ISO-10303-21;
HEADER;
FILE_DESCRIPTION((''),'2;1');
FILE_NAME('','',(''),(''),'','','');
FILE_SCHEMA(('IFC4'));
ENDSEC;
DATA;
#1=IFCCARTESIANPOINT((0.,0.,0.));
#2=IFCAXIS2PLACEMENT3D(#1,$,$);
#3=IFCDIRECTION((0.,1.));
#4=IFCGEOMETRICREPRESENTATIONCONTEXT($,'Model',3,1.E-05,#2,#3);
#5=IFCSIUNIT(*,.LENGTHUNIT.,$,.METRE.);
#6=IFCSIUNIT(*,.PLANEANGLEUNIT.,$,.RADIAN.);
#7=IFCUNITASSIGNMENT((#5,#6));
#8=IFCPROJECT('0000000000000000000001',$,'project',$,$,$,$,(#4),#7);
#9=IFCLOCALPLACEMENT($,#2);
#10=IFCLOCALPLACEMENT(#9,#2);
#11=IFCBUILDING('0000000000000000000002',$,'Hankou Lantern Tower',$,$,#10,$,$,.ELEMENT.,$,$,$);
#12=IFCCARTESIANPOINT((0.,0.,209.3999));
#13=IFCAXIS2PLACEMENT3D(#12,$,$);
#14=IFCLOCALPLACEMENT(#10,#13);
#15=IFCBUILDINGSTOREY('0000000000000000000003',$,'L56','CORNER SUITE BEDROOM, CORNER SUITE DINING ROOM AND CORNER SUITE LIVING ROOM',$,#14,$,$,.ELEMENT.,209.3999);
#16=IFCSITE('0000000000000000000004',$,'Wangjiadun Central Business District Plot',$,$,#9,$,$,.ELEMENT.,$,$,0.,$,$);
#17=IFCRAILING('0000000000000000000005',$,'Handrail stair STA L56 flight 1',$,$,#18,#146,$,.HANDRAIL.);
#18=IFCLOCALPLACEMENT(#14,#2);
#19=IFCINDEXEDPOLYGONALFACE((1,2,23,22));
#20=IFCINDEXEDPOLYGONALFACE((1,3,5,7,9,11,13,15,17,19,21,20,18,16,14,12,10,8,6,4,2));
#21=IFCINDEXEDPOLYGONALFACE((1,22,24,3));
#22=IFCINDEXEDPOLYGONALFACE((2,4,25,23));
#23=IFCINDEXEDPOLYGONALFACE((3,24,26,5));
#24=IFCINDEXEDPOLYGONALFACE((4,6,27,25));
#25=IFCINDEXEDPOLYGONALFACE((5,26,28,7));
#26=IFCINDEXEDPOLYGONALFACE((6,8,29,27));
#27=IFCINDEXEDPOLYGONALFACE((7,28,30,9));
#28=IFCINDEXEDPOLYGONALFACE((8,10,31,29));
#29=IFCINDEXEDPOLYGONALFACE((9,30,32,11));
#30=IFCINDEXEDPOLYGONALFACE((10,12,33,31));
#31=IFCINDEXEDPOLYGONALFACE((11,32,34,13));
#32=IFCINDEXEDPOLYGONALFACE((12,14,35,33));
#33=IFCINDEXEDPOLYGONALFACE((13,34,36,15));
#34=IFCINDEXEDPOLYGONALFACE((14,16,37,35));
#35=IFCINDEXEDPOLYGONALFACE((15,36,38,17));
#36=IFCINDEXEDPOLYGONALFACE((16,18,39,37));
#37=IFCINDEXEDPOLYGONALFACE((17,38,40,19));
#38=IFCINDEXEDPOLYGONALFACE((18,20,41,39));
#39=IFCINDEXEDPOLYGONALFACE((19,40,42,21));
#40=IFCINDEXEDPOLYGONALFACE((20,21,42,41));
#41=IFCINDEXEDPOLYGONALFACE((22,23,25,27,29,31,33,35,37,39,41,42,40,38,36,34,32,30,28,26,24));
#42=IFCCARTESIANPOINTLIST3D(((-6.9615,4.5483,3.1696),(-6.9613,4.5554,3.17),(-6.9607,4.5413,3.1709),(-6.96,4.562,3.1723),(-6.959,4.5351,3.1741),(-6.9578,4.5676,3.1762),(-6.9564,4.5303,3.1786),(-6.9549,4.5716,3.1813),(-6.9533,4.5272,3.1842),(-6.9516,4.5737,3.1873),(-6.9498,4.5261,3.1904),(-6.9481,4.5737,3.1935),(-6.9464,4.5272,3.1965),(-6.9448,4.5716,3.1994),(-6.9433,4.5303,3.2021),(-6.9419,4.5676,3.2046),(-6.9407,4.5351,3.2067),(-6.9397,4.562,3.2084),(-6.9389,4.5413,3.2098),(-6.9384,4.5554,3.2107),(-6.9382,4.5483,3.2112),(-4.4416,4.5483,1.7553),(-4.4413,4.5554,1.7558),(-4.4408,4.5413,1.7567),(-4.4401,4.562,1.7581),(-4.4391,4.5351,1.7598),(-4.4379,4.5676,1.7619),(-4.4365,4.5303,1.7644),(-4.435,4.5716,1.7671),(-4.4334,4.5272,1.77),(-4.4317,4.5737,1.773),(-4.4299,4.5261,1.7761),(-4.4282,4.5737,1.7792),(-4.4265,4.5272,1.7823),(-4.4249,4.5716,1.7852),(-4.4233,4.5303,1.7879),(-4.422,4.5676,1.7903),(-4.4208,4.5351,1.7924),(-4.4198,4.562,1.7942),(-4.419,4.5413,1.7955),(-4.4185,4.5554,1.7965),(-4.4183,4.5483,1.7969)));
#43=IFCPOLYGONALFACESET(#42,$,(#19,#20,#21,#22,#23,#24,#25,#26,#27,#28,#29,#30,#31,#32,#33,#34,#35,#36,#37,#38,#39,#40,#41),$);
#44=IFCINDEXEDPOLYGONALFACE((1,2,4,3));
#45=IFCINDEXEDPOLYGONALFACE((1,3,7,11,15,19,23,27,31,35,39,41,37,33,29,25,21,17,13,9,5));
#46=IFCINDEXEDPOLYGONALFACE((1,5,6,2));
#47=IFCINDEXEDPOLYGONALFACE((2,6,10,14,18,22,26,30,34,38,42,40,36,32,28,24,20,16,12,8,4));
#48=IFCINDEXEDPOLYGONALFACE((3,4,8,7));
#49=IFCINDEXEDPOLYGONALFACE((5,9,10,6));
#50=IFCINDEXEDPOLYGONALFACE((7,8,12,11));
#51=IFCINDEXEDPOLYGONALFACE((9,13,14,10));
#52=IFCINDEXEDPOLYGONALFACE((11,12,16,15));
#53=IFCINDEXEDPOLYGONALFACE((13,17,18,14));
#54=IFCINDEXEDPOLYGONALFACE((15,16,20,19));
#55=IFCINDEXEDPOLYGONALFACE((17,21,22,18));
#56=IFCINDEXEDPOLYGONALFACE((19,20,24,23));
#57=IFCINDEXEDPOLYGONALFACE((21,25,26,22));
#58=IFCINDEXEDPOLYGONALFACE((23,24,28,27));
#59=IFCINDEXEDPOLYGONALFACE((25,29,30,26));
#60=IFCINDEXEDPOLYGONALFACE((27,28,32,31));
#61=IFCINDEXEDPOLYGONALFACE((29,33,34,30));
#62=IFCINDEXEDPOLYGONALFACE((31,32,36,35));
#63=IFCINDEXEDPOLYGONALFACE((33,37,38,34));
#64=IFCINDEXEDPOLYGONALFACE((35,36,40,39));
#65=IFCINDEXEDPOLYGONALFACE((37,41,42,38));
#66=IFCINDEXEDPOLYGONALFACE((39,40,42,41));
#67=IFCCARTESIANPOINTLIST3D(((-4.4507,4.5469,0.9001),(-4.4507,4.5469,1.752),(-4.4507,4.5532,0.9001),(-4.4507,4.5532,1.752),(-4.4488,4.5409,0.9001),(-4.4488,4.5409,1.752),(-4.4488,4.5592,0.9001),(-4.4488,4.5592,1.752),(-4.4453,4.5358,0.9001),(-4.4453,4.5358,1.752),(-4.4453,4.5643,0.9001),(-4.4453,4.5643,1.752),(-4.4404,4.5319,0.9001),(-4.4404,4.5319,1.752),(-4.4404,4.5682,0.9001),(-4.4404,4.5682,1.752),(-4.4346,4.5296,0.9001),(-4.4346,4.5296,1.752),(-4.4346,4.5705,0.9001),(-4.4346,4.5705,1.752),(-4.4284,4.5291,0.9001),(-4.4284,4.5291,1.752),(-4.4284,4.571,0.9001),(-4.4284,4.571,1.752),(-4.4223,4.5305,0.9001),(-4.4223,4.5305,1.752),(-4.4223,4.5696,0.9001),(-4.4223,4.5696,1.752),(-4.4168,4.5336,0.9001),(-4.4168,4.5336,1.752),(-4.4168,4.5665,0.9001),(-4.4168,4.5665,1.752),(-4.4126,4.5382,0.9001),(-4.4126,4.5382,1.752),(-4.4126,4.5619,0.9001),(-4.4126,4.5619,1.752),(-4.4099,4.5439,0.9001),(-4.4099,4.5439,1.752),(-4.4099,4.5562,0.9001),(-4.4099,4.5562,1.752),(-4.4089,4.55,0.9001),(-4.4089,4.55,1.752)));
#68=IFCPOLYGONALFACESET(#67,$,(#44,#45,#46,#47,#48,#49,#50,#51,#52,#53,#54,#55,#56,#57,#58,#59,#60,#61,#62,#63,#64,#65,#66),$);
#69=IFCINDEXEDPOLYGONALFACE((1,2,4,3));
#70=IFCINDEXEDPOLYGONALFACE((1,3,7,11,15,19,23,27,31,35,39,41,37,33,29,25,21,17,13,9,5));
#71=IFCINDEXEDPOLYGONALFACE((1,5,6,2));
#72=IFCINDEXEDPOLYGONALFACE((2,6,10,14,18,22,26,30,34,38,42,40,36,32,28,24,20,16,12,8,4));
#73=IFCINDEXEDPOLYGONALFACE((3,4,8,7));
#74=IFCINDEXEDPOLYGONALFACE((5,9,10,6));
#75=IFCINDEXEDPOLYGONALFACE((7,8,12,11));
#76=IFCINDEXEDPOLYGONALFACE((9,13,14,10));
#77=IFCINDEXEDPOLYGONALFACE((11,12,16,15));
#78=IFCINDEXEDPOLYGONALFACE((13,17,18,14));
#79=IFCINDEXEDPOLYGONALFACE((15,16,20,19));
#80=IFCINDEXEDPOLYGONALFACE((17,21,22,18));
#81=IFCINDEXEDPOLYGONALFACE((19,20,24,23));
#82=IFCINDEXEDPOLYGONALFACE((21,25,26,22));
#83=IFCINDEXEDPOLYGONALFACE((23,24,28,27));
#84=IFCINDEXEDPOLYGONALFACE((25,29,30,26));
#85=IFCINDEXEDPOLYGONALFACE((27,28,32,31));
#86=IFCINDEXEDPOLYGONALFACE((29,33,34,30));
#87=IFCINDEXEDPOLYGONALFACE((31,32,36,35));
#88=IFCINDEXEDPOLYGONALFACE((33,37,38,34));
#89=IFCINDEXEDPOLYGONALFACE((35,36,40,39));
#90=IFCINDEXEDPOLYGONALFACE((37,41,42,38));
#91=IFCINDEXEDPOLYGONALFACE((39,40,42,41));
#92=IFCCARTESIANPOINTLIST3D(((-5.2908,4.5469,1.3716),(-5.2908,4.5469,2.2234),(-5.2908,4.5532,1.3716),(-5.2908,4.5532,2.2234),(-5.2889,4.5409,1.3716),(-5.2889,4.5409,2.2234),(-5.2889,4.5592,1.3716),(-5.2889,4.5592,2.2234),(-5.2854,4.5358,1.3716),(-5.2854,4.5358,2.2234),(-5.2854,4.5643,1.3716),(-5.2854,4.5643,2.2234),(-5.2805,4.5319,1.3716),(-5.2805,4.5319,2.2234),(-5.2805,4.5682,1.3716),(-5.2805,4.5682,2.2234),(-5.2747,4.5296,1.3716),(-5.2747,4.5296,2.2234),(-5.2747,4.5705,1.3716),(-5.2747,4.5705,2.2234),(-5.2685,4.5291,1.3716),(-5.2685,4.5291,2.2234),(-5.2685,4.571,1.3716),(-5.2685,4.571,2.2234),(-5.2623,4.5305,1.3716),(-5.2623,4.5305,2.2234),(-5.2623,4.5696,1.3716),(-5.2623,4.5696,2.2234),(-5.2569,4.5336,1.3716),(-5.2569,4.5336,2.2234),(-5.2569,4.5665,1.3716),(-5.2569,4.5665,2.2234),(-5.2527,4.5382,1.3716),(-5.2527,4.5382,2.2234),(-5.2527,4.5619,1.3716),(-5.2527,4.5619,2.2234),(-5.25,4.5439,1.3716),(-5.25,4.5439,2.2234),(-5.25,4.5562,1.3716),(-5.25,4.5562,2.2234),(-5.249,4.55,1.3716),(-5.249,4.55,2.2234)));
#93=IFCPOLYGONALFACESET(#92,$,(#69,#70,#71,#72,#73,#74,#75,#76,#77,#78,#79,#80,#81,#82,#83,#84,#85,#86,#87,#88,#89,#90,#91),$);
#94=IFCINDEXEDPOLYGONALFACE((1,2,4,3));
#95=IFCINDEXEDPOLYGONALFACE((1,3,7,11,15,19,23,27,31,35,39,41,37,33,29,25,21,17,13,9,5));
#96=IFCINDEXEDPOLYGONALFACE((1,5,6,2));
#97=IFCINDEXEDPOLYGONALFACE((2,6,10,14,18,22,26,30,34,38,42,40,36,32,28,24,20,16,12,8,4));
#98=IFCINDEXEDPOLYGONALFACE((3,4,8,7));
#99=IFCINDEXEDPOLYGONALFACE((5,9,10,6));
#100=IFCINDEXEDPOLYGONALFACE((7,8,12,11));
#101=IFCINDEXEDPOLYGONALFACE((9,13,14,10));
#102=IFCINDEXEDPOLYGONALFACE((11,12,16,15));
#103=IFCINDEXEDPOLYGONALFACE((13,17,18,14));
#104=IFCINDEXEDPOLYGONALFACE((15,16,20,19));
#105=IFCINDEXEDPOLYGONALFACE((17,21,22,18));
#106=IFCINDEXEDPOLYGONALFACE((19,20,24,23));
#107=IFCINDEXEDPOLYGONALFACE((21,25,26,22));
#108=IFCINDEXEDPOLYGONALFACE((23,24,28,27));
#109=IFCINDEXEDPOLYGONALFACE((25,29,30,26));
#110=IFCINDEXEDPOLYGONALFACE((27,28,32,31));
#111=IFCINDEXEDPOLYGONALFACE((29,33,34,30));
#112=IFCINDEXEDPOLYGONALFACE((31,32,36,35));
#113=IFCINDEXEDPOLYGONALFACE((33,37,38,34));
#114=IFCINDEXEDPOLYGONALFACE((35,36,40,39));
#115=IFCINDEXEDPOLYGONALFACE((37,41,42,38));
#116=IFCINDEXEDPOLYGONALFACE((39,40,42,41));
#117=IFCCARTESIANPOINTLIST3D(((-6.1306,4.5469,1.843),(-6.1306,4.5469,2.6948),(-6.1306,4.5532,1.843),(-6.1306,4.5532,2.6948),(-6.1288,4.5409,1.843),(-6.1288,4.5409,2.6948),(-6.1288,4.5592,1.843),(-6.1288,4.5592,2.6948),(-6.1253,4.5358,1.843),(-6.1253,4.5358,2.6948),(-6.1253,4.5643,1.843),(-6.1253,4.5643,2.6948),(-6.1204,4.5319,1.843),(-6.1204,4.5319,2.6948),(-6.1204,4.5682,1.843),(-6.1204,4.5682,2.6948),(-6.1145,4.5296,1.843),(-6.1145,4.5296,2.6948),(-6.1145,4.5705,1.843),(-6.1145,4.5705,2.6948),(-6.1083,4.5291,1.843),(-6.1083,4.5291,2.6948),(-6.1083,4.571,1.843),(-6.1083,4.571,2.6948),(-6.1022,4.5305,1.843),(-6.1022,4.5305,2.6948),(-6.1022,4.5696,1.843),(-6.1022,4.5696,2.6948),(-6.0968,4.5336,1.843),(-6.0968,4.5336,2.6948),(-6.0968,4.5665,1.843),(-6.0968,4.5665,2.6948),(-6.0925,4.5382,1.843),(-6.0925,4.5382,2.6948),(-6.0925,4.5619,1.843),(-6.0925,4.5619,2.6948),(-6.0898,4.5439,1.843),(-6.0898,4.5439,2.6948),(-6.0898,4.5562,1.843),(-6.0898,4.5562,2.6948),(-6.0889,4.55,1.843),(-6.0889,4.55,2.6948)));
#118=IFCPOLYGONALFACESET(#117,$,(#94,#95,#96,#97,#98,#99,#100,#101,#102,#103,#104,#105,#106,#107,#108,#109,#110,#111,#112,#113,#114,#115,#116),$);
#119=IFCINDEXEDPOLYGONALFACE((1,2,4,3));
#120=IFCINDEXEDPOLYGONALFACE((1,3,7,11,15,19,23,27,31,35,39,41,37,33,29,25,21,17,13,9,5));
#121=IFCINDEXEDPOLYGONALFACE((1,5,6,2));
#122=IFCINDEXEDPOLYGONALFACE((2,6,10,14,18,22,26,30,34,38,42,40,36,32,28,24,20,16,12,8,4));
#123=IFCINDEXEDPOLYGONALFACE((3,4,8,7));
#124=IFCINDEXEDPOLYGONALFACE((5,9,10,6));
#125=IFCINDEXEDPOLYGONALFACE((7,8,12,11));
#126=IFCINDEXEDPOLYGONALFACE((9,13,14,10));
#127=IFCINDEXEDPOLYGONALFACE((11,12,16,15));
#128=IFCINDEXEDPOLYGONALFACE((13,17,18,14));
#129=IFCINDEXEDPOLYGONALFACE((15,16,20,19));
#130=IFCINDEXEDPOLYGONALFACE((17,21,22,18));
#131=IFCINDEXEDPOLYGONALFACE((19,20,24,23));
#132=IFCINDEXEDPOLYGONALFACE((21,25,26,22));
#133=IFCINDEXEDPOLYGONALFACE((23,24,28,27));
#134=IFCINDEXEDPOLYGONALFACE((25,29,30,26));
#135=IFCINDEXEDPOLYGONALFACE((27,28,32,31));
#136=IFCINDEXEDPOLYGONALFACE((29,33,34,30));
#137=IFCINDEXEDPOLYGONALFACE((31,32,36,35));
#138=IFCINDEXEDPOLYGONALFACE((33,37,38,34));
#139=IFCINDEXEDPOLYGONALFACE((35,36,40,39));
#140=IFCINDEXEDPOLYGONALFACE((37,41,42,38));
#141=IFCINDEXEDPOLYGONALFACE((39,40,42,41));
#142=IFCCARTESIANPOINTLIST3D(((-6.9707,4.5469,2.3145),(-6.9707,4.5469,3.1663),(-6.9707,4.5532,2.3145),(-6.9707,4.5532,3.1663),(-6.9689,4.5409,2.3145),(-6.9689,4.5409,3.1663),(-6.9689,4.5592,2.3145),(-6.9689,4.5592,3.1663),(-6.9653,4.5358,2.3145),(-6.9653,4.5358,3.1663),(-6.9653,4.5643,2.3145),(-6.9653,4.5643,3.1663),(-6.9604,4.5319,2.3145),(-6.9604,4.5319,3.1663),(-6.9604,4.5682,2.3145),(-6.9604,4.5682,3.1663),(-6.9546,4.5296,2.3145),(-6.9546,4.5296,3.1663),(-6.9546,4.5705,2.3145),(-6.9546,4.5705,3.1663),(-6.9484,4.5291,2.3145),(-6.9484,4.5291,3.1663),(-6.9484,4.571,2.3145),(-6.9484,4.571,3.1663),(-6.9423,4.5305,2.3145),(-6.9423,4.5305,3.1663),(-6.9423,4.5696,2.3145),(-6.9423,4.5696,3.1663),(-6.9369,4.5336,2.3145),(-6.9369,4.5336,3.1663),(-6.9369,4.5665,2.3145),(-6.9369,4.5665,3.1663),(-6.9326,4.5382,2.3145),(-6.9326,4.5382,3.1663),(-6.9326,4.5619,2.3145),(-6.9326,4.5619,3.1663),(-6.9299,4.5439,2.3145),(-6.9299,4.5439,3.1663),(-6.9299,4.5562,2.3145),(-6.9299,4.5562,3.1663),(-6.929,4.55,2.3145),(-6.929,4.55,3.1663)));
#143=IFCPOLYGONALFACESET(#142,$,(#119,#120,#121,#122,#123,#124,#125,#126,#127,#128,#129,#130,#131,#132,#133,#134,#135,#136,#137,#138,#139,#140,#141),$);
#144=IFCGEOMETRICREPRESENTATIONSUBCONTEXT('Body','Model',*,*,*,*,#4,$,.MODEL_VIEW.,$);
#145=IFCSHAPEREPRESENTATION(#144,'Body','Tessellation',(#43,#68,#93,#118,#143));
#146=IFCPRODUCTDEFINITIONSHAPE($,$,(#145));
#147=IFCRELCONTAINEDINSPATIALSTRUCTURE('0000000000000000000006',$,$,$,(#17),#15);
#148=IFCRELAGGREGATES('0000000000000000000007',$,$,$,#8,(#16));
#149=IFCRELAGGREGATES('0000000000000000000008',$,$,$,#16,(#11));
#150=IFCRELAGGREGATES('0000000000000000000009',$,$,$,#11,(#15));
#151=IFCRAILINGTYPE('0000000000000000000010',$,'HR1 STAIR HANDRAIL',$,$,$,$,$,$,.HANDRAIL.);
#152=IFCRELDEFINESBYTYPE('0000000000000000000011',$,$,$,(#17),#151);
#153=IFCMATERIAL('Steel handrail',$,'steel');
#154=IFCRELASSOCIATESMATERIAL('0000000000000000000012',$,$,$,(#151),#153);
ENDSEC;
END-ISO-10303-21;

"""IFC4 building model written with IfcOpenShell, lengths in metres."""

from ifc_helpers import new_model, si_unit, direction, frame, origin, origin_2d, place, context, subcontext, project, spatial, circle, extrude, material, type_object, element, save


model = new_model("IFC4")

# Units and contexts
model_context = context("Model", 3, precision=1e-05, world=origin(), true_north=direction((0.0, 1.0)))
body_context = subcontext(model_context, "Body", "Model", "MODEL_VIEW")
ifc_project = project(units=[si_unit("LENGTHUNIT", "METRE"), si_unit("PLANEANGLEUNIT", "RADIAN")], contexts=[model_context])

# Site, building, storey
site_placement = place(None, origin())
site = spatial("IfcSite", under=ifc_project, at=site_placement, Name="Wangjiadun Central Business District Plot", CompositionType="ELEMENT", RefElevation=0.0)
building_placement = place(site_placement, origin())
building = spatial("IfcBuilding", under=site, at=building_placement, Name="Hankou Lantern Tower", CompositionType="ELEMENT")
storey_placement = place(building_placement, frame((0.0, 0.0, 209.3999)))
storey = spatial("IfcBuildingStorey", under=building, at=storey_placement, Name="L56", Description="CORNER SUITE BEDROOM, CORNER SUITE DINING ROOM AND CORNER SUITE LIVING ROOM", CompositionType="ELEMENT", Elevation=209.3999)

# Railing
ifc_material_1 = material(Name="Steel handrail", Category="steel")
railing_type = type_object("IfcRailingType", Name="HR1 STAIR HANDRAIL", PredefinedType="HANDRAIL", material=ifc_material_1)
railing_1_placement = place(storey_placement, frame((-4.4299, 4.55, 0.9001)))
element("IfcRailing", 1, at=railing_1_placement, inside=storey, type_object=railing_type, Name="Handrail stair STA L56 flight 1", PredefinedType="HANDRAIL", context=body_context, shape_type="SweptSolid", body=[
    extrude(circle(Radius=0.0239, at=origin_2d()), frame((0.0, 0.0, 0.876), z_axis=(-0.872049, 0.0, 0.489419), x_axis=(0.0, -1.0, 0.0)), (0.0, 0.0, 1.0), 2.8896),
    extrude(circle(Radius=0.021, at=origin_2d()), origin(), (0.0, 0.0, 1.0), 0.8518),
    extrude(circle(Radius=0.021, at=origin_2d()), frame((-0.8401, 0.0, 0.4714)), (0.0, 0.0, 1.0), 0.8518),
    extrude(circle(Radius=0.021, at=origin_2d()), frame((-1.6799, 0.0, 0.9429)), (0.0, 0.0, 1.0), 0.8518),
    extrude(circle(Radius=0.021, at=origin_2d()), frame((-2.52, 0.0, 1.4143)), (0.0, 0.0, 1.0), 0.8518),
])

save(model, "model.ifc")
